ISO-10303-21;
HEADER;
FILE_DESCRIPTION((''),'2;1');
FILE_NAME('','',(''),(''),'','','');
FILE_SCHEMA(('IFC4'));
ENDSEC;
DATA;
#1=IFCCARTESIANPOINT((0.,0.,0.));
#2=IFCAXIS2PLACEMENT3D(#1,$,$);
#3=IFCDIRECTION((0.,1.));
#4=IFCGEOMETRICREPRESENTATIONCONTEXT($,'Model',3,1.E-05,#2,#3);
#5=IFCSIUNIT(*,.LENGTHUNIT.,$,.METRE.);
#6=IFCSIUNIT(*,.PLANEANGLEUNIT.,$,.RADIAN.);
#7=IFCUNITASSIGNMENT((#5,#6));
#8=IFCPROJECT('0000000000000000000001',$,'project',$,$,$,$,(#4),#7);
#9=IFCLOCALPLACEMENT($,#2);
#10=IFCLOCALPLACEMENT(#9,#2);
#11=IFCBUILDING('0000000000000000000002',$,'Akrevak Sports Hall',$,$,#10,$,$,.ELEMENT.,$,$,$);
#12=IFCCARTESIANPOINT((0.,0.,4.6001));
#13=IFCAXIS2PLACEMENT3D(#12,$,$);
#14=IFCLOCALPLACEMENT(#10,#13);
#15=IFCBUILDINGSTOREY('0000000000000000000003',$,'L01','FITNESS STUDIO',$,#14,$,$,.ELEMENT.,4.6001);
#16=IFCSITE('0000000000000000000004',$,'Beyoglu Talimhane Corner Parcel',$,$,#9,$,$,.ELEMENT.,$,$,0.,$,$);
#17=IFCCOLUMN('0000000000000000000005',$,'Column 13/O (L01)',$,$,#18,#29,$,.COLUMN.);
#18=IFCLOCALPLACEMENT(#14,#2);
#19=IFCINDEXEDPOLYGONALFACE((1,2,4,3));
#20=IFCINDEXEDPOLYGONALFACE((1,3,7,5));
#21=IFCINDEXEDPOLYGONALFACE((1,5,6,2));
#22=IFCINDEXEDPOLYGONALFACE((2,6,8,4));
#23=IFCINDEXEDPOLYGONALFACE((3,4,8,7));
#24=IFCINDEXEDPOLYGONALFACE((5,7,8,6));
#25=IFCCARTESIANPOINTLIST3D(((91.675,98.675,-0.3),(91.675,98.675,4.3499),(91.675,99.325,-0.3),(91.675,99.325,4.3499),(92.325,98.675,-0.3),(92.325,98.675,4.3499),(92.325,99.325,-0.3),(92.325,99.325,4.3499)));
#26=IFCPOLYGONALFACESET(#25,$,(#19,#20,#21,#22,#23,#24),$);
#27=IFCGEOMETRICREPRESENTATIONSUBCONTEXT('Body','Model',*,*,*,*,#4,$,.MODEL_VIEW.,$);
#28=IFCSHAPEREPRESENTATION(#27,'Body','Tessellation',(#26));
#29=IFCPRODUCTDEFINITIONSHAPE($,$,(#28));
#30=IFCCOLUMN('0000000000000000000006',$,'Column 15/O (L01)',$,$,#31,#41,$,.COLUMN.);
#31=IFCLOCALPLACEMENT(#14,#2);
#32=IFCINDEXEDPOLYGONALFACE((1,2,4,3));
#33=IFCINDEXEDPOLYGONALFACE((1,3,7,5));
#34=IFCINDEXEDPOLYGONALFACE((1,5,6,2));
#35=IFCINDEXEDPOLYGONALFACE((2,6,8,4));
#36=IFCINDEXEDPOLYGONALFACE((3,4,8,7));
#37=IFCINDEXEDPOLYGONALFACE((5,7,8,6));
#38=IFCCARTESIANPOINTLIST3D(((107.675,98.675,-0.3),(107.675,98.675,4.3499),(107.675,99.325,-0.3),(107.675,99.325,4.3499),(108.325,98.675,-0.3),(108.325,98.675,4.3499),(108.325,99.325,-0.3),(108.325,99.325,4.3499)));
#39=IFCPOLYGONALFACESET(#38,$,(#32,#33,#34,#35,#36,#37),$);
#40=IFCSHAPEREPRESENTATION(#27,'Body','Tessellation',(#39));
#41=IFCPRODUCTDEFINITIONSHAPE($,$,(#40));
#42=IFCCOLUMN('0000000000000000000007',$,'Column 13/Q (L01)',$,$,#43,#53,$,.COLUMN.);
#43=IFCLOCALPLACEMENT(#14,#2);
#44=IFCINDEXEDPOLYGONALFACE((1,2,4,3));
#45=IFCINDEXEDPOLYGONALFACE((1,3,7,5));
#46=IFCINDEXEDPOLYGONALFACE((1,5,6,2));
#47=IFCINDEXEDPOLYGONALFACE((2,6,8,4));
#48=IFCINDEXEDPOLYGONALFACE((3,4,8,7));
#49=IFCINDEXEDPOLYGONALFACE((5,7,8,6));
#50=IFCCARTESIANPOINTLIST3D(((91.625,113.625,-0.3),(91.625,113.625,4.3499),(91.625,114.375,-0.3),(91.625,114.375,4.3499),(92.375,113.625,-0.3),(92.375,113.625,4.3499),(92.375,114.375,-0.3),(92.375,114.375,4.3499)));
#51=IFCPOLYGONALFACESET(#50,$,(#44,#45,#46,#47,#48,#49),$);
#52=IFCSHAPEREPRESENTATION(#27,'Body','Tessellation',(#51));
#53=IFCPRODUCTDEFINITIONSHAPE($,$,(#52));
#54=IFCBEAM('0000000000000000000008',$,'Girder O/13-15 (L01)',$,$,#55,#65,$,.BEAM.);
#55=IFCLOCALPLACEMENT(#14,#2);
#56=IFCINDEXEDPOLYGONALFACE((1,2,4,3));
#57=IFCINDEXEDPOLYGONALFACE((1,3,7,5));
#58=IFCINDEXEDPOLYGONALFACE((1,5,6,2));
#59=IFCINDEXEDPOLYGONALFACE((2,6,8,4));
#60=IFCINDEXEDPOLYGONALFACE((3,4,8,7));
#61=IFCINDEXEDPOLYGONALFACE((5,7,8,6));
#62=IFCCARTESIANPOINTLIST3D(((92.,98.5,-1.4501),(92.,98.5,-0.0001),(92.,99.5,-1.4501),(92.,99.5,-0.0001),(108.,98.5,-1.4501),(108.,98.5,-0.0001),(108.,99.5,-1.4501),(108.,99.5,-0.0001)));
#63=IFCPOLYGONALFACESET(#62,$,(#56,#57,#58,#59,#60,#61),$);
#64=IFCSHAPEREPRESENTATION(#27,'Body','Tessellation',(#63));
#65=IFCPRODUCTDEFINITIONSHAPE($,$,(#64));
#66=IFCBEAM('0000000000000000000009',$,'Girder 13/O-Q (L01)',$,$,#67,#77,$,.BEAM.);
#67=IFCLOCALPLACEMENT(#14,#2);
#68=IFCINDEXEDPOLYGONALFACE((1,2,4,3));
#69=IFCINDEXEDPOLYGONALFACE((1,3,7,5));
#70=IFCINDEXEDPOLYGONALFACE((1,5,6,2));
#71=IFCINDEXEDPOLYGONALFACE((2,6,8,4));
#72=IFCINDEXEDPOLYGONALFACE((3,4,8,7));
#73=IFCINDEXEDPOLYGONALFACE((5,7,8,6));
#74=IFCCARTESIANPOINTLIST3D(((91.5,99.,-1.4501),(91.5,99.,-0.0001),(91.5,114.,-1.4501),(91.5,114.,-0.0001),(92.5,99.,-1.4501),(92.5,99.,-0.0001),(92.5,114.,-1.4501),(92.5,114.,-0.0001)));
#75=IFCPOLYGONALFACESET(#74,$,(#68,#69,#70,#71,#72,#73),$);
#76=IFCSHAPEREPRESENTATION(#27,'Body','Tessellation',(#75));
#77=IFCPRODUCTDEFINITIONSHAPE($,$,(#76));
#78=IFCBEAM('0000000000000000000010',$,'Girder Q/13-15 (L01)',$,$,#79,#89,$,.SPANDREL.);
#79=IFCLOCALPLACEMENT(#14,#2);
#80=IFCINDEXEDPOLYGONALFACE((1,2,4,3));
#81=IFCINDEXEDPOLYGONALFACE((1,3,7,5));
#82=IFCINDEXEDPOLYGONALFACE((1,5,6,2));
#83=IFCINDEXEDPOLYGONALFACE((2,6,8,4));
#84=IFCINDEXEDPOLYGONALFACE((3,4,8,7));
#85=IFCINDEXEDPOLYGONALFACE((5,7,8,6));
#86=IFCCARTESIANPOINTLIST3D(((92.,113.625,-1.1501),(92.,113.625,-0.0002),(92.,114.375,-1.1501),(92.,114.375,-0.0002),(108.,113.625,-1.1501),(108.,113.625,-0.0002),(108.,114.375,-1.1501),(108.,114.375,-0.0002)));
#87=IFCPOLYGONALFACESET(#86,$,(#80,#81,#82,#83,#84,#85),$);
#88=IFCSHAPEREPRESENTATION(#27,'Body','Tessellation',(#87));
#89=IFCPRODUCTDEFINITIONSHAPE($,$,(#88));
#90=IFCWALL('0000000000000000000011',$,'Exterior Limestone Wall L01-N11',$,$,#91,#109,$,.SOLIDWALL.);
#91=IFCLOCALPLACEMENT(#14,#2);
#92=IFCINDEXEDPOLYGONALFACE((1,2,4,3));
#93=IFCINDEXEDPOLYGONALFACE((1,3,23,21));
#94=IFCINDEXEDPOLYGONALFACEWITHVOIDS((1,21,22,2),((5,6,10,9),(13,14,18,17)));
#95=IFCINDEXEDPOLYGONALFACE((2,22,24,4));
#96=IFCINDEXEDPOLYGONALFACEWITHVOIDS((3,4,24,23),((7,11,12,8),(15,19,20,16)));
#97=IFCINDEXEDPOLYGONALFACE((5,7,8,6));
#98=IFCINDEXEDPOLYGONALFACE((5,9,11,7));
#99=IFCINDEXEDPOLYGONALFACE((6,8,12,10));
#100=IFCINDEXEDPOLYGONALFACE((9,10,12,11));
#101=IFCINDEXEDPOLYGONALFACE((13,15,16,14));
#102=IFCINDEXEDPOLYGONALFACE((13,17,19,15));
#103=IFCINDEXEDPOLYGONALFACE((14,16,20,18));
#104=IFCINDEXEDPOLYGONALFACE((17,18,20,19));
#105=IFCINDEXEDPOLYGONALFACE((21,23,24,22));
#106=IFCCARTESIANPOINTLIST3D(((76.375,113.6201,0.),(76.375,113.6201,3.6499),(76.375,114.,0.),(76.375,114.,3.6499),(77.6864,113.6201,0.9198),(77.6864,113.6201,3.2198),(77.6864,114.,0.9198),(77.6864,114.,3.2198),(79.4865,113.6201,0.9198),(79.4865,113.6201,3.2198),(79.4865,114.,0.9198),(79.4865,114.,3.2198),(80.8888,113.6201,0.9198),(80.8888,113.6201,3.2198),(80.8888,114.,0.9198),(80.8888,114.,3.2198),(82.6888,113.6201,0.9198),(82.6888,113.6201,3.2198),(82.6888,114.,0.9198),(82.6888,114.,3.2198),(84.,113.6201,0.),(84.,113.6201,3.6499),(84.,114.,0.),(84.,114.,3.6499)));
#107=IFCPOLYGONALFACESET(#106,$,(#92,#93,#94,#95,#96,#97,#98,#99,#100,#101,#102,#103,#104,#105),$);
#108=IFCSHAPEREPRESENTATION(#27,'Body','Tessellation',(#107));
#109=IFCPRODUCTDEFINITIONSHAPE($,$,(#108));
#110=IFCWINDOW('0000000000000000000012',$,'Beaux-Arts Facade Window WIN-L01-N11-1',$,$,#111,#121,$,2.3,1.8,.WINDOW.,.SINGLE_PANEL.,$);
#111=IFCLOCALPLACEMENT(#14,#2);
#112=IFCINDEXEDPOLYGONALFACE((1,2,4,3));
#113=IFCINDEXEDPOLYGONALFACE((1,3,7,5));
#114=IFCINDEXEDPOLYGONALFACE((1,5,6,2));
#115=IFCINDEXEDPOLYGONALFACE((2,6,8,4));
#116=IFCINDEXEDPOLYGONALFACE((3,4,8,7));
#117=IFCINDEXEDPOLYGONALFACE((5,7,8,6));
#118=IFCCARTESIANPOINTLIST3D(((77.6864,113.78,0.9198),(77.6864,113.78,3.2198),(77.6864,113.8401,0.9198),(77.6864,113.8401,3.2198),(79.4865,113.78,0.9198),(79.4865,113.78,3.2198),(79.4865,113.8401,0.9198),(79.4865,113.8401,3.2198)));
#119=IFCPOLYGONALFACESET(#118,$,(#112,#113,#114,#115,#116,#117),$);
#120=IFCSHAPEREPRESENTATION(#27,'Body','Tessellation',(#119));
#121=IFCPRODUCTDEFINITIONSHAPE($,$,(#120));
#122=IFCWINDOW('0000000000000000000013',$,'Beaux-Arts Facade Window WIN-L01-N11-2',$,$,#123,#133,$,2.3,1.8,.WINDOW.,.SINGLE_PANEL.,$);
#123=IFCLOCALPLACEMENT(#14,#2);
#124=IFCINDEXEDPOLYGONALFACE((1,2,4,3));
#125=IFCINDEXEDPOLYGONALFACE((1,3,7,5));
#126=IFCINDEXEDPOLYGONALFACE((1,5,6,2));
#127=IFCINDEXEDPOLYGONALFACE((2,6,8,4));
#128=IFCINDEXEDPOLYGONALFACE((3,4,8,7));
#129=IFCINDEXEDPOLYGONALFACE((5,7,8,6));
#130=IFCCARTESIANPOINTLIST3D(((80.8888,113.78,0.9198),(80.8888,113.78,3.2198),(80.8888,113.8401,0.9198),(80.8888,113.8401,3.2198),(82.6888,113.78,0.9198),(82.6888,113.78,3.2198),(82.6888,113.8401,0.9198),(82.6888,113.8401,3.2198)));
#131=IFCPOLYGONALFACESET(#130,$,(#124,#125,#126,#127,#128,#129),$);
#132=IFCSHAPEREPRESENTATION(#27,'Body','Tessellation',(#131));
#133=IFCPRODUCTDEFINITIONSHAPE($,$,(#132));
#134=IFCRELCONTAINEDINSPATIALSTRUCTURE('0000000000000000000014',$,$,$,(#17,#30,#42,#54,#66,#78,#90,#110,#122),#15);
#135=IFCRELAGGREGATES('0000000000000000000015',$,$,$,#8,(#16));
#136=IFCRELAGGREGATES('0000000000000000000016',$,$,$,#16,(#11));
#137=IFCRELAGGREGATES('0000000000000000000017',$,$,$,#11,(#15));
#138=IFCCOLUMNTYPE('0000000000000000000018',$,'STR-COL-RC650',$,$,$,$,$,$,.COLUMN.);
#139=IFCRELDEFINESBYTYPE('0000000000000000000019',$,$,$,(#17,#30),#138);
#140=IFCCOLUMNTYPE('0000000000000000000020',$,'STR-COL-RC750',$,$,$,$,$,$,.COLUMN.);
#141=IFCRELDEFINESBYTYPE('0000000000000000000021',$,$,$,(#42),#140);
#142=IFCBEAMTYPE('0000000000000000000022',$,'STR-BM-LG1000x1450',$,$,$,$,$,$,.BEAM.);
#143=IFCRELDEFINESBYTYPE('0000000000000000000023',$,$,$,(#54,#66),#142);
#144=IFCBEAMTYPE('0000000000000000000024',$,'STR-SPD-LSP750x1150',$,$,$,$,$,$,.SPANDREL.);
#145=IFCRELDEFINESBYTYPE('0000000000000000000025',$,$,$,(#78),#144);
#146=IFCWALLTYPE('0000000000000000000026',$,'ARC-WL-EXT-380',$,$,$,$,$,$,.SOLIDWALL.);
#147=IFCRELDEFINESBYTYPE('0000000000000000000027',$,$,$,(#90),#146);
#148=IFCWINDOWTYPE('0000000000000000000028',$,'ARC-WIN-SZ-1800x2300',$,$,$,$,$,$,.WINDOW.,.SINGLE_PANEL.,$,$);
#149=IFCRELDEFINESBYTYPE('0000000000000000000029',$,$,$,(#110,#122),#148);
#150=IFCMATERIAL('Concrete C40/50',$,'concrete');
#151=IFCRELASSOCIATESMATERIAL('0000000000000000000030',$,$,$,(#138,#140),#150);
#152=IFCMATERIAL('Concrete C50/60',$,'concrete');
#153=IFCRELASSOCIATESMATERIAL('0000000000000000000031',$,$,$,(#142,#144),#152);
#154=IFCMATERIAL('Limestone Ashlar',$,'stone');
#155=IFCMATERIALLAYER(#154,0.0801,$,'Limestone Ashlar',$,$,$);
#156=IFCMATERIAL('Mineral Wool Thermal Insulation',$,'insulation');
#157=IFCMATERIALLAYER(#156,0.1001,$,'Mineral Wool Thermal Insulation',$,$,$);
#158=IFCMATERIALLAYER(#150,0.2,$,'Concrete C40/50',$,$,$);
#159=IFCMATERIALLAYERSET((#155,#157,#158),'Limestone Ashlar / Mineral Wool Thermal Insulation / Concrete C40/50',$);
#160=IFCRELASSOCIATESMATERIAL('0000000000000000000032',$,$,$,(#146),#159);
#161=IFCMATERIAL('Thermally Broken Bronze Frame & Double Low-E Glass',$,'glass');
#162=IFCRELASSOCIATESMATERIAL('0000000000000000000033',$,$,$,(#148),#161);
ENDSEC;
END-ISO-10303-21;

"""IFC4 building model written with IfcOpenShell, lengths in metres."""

from ifc_helpers import new_model, si_unit, direction, frame, frame_2d, origin, origin_2d, place, context, subcontext, project, spatial, rectangle, extrude, material, layer, layer_set, material_profile, profile_set, type_object, element, fill, save


model = new_model("IFC4")

# Units and contexts
model_context = context("Model", 3, precision=1e-05, world=origin(), true_north=direction((0.0, 1.0)))
body_context = subcontext(model_context, "Body", "Model", "MODEL_VIEW")
ifc_project = project(units=[si_unit("LENGTHUNIT", "METRE"), si_unit("PLANEANGLEUNIT", "RADIAN")], contexts=[model_context])

# Site, building, storey
site_placement = place(None, origin())
site = spatial("IfcSite", under=ifc_project, at=site_placement, Name="Beyoglu Talimhane Corner Parcel", CompositionType="ELEMENT", RefElevation=0.0)
building_placement = place(site_placement, origin())
building = spatial("IfcBuilding", under=site, at=building_placement, Name="Akrevak Sports Hall", CompositionType="ELEMENT")
storey_placement = place(building_placement, frame((0.0, 0.0, 4.6001)))
storey = spatial("IfcBuildingStorey", under=building, at=storey_placement, Name="L01", Description="FITNESS STUDIO", CompositionType="ELEMENT", Elevation=4.6001)

# Columns
ifc_material_1 = material(Name="Concrete C40/50", Category="concrete")
ifc_material_profile_1 = material_profile(ifc_material_1, rectangle(XDim=0.6499, YDim=0.6499, at=origin_2d()), Name="RC 650x650", Category="concrete")
ifc_profile_set_1 = profile_set([ifc_material_profile_1], Name="Concrete C40/50")
column_type_1 = type_object("IfcColumnType", Name="STR-COL-RC650", PredefinedType="COLUMN", material=ifc_profile_set_1)
for number, where, z_axis, x_axis, name in (
    (1, (92.0, 99.0, -0.3), (0.0, 0.0, 1.0), (1.0, 0.0, 0.0), "Column 13/O (L01)"),
    (2, (108.0, 99.0, -0.3), (0.0, 0.0, 1.0), (1.0, 0.0, 0.0), "Column 15/O (L01)"),
):
    element("IfcColumn", number, at=place(storey_placement, frame(where, z_axis=z_axis, x_axis=x_axis)), inside=storey, type_object=column_type_1, Name=name, PredefinedType="COLUMN", context=body_context, shape_type="SweptSolid", body=[
        extrude(rectangle(XDim=0.6499, YDim=0.6499, at=origin_2d()), origin(), (0.0, 0.0, 1.0), 4.6499),
    ])
ifc_material_profile_2 = material_profile(ifc_material_1, rectangle(XDim=0.75, YDim=0.75, at=origin_2d()), Name="RC 750x750", Category="concrete")
ifc_profile_set_2 = profile_set([ifc_material_profile_2], Name="Concrete C40/50")
column_type_2 = type_object("IfcColumnType", Name="STR-COL-RC750", PredefinedType="COLUMN", material=ifc_profile_set_2)
column_placement = place(storey_placement, frame((92.0, 114.0, -0.3), z_axis=(0.0, 0.0, 1.0), x_axis=(1.0, 0.0, 0.0)))
element("IfcColumn", 3, at=column_placement, inside=storey, type_object=column_type_2, Name="Column 13/Q (L01)", PredefinedType="COLUMN", context=body_context, shape_type="SweptSolid", body=[
    extrude(rectangle(XDim=0.75, YDim=0.75, at=origin_2d()), origin(), (0.0, 0.0, 1.0), 4.6499),
])

# Beams
ifc_material_2 = material(Name="Concrete C50/60", Category="concrete")
ifc_material_profile_3 = material_profile(ifc_material_2, rectangle(XDim=1.0, YDim=1.45, at=origin_2d()), Name="BM 1000x1450", Category="concrete")
ifc_profile_set_3 = profile_set([ifc_material_profile_3], Name="Concrete C50/60")
beam_type_1 = type_object("IfcBeamType", Name="STR-BM-LG1000x1450", PredefinedType="BEAM", material=ifc_profile_set_3)
beam_1_placement = place(storey_placement, frame((92.0, 99.0, -0.7251), z_axis=(1.0, 0.0, 0.0), x_axis=(0.0, 1.0, 0.0)))
element("IfcBeam", 4, at=beam_1_placement, inside=storey, type_object=beam_type_1, Name="Girder O/13-15 (L01)", PredefinedType="BEAM", context=body_context, shape_type="SweptSolid", body=[
    extrude(rectangle(XDim=1.0, YDim=1.45, at=origin_2d()), origin(), (0.0, 0.0, 1.0), 16.0),
])
beam_2_placement = place(storey_placement, frame((92.0, 99.0, -0.7251), z_axis=(0.0, 1.0, 0.0), x_axis=(-1.0, 0.0, 0.0)))
element("IfcBeam", 5, at=beam_2_placement, inside=storey, type_object=beam_type_1, Name="Girder 13/O-Q (L01)", PredefinedType="BEAM", context=body_context, shape_type="SweptSolid", body=[
    extrude(rectangle(XDim=1.0, YDim=1.45, at=origin_2d()), origin(), (0.0, 0.0, 1.0), 15.0),
])
ifc_material_profile_4 = material_profile(ifc_material_2, rectangle(XDim=0.75, YDim=1.1499, at=origin_2d()), Name="SPD 750x1150", Category="concrete")
ifc_profile_set_4 = profile_set([ifc_material_profile_4], Name="Concrete C50/60")
beam_type_2 = type_object("IfcBeamType", Name="STR-SPD-LSP750x1150", PredefinedType="SPANDREL", material=ifc_profile_set_4)
beam_3_placement = place(storey_placement, frame((92.0, 114.0, -0.5752), z_axis=(1.0, 0.0, 0.0), x_axis=(0.0, 1.0, 0.0)))
element("IfcBeam", 6, at=beam_3_placement, inside=storey, type_object=beam_type_2, Name="Girder Q/13-15 (L01)", PredefinedType="SPANDREL", context=body_context, shape_type="SweptSolid", body=[
    extrude(rectangle(XDim=0.75, YDim=1.1499, at=origin_2d()), origin(), (0.0, 0.0, 1.0), 16.0),
])

# Wall, openings, windows
ifc_material_3 = material(Name="Limestone Ashlar", Category="stone")
ifc_layer_1 = layer(ifc_material_3, 0.0801, Name="Limestone Ashlar")
ifc_material_4 = material(Name="Mineral Wool Thermal Insulation", Category="insulation")
ifc_layer_2 = layer(ifc_material_4, 0.1001, Name="Mineral Wool Thermal Insulation")
ifc_layer_3 = layer(ifc_material_1, 0.2, Name="Concrete C40/50")
ifc_layer_set_1 = layer_set([ifc_layer_1, ifc_layer_2, ifc_layer_3], Name="Limestone Ashlar / Mineral Wool Thermal Insulation / Concrete C40/50")
wall_type_1 = type_object("IfcWallType", Name="ARC-WL-EXT-380", PredefinedType="SOLIDWALL", material=ifc_layer_set_1)
wall_1_placement = place(storey_placement, frame((84.0, 113.8101, 0.0), z_axis=(0.0, 0.0, 1.0), x_axis=(-1.0, 0.0, 0.0)))
wall_1 = element("IfcWall", 7, at=wall_1_placement, inside=storey, type_object=wall_type_1, Name="Exterior Limestone Wall L01-N11", PredefinedType="SOLIDWALL", context=body_context, shape_type="SweptSolid", body=[
    extrude(rectangle(XDim=7.625, YDim=0.3799, at=frame_2d((3.8125, 0.0))), origin(), (0.0, 0.0, 1.0), 3.6499),
])
opening_1_placement = place(wall_1_placement, frame((4.5137, 0.0, 0.9199)))
opening_1 = element("IfcOpeningElement", 8, at=opening_1_placement, cuts=wall_1, PredefinedType="OPENING", context=body_context, shape_type="SweptSolid", body=[
    extrude(rectangle(XDim=1.8, YDim=2.3, at=frame_2d((0.8999, 1.1499))), frame((0.0, 0.2019, 0.0), z_axis=(0.0, -1.0, 0.0), x_axis=(1.0, 0.0, 0.0)), (0.0, 0.0, 1.0), 0.4038),
])
opening_2_placement = place(wall_1_placement, frame((1.3113, 0.0, 0.9199)))
opening_2 = element("IfcOpeningElement", 9, at=opening_2_placement, cuts=wall_1, PredefinedType="OPENING", context=body_context, shape_type="SweptSolid", body=[
    extrude(rectangle(XDim=1.8, YDim=2.3, at=frame_2d((0.8999, 1.1499))), frame((0.0, 0.2019, 0.0), z_axis=(0.0, -1.0, 0.0), x_axis=(1.0, 0.0, 0.0)), (0.0, 0.0, 1.0), 0.4038),
])
ifc_material_5 = material(Name="Thermally Broken Bronze Frame & Double Low-E Glass", Category="glass")
window_type_1 = type_object("IfcWindowType", Name="ARC-WIN-SZ-1800x2300", PartitioningType="SINGLE_PANEL", PredefinedType="WINDOW", material=ifc_material_5)
window_1_placement = place(opening_1_placement, origin())
window_1 = element("IfcWindow", 10, at=window_1_placement, inside=storey, type_object=window_type_1, Name="Beaux-Arts Facade Window WIN-L01-N11-1", OverallHeight=2.3, OverallWidth=1.8, PartitioningType="SINGLE_PANEL", PredefinedType="WINDOW", context=body_context, shape_type="SweptSolid", body=[
    extrude(rectangle(XDim=1.8, YDim=2.3, at=frame_2d((0.8999, 1.1499))), frame((0.0, 0.03, 0.0), z_axis=(0.0, -1.0, 0.0), x_axis=(1.0, 0.0, 0.0)), (0.0, 0.0, 1.0), 0.0601),
])
fill(opening_1, window_1)
window_2_placement = place(opening_2_placement, origin())
window_2 = element("IfcWindow", 11, at=window_2_placement, inside=storey, type_object=window_type_1, Name="Beaux-Arts Facade Window WIN-L01-N11-2", OverallHeight=2.3, OverallWidth=1.8, PartitioningType="SINGLE_PANEL", PredefinedType="WINDOW", context=body_context, shape_type="SweptSolid", body=[
    extrude(rectangle(XDim=1.8, YDim=2.3, at=frame_2d((0.8999, 1.1499))), frame((0.0, 0.03, 0.0), z_axis=(0.0, -1.0, 0.0), x_axis=(1.0, 0.0, 0.0)), (0.0, 0.0, 1.0), 0.0601),
])
fill(opening_2, window_2)

save(model, "model.ifc")
